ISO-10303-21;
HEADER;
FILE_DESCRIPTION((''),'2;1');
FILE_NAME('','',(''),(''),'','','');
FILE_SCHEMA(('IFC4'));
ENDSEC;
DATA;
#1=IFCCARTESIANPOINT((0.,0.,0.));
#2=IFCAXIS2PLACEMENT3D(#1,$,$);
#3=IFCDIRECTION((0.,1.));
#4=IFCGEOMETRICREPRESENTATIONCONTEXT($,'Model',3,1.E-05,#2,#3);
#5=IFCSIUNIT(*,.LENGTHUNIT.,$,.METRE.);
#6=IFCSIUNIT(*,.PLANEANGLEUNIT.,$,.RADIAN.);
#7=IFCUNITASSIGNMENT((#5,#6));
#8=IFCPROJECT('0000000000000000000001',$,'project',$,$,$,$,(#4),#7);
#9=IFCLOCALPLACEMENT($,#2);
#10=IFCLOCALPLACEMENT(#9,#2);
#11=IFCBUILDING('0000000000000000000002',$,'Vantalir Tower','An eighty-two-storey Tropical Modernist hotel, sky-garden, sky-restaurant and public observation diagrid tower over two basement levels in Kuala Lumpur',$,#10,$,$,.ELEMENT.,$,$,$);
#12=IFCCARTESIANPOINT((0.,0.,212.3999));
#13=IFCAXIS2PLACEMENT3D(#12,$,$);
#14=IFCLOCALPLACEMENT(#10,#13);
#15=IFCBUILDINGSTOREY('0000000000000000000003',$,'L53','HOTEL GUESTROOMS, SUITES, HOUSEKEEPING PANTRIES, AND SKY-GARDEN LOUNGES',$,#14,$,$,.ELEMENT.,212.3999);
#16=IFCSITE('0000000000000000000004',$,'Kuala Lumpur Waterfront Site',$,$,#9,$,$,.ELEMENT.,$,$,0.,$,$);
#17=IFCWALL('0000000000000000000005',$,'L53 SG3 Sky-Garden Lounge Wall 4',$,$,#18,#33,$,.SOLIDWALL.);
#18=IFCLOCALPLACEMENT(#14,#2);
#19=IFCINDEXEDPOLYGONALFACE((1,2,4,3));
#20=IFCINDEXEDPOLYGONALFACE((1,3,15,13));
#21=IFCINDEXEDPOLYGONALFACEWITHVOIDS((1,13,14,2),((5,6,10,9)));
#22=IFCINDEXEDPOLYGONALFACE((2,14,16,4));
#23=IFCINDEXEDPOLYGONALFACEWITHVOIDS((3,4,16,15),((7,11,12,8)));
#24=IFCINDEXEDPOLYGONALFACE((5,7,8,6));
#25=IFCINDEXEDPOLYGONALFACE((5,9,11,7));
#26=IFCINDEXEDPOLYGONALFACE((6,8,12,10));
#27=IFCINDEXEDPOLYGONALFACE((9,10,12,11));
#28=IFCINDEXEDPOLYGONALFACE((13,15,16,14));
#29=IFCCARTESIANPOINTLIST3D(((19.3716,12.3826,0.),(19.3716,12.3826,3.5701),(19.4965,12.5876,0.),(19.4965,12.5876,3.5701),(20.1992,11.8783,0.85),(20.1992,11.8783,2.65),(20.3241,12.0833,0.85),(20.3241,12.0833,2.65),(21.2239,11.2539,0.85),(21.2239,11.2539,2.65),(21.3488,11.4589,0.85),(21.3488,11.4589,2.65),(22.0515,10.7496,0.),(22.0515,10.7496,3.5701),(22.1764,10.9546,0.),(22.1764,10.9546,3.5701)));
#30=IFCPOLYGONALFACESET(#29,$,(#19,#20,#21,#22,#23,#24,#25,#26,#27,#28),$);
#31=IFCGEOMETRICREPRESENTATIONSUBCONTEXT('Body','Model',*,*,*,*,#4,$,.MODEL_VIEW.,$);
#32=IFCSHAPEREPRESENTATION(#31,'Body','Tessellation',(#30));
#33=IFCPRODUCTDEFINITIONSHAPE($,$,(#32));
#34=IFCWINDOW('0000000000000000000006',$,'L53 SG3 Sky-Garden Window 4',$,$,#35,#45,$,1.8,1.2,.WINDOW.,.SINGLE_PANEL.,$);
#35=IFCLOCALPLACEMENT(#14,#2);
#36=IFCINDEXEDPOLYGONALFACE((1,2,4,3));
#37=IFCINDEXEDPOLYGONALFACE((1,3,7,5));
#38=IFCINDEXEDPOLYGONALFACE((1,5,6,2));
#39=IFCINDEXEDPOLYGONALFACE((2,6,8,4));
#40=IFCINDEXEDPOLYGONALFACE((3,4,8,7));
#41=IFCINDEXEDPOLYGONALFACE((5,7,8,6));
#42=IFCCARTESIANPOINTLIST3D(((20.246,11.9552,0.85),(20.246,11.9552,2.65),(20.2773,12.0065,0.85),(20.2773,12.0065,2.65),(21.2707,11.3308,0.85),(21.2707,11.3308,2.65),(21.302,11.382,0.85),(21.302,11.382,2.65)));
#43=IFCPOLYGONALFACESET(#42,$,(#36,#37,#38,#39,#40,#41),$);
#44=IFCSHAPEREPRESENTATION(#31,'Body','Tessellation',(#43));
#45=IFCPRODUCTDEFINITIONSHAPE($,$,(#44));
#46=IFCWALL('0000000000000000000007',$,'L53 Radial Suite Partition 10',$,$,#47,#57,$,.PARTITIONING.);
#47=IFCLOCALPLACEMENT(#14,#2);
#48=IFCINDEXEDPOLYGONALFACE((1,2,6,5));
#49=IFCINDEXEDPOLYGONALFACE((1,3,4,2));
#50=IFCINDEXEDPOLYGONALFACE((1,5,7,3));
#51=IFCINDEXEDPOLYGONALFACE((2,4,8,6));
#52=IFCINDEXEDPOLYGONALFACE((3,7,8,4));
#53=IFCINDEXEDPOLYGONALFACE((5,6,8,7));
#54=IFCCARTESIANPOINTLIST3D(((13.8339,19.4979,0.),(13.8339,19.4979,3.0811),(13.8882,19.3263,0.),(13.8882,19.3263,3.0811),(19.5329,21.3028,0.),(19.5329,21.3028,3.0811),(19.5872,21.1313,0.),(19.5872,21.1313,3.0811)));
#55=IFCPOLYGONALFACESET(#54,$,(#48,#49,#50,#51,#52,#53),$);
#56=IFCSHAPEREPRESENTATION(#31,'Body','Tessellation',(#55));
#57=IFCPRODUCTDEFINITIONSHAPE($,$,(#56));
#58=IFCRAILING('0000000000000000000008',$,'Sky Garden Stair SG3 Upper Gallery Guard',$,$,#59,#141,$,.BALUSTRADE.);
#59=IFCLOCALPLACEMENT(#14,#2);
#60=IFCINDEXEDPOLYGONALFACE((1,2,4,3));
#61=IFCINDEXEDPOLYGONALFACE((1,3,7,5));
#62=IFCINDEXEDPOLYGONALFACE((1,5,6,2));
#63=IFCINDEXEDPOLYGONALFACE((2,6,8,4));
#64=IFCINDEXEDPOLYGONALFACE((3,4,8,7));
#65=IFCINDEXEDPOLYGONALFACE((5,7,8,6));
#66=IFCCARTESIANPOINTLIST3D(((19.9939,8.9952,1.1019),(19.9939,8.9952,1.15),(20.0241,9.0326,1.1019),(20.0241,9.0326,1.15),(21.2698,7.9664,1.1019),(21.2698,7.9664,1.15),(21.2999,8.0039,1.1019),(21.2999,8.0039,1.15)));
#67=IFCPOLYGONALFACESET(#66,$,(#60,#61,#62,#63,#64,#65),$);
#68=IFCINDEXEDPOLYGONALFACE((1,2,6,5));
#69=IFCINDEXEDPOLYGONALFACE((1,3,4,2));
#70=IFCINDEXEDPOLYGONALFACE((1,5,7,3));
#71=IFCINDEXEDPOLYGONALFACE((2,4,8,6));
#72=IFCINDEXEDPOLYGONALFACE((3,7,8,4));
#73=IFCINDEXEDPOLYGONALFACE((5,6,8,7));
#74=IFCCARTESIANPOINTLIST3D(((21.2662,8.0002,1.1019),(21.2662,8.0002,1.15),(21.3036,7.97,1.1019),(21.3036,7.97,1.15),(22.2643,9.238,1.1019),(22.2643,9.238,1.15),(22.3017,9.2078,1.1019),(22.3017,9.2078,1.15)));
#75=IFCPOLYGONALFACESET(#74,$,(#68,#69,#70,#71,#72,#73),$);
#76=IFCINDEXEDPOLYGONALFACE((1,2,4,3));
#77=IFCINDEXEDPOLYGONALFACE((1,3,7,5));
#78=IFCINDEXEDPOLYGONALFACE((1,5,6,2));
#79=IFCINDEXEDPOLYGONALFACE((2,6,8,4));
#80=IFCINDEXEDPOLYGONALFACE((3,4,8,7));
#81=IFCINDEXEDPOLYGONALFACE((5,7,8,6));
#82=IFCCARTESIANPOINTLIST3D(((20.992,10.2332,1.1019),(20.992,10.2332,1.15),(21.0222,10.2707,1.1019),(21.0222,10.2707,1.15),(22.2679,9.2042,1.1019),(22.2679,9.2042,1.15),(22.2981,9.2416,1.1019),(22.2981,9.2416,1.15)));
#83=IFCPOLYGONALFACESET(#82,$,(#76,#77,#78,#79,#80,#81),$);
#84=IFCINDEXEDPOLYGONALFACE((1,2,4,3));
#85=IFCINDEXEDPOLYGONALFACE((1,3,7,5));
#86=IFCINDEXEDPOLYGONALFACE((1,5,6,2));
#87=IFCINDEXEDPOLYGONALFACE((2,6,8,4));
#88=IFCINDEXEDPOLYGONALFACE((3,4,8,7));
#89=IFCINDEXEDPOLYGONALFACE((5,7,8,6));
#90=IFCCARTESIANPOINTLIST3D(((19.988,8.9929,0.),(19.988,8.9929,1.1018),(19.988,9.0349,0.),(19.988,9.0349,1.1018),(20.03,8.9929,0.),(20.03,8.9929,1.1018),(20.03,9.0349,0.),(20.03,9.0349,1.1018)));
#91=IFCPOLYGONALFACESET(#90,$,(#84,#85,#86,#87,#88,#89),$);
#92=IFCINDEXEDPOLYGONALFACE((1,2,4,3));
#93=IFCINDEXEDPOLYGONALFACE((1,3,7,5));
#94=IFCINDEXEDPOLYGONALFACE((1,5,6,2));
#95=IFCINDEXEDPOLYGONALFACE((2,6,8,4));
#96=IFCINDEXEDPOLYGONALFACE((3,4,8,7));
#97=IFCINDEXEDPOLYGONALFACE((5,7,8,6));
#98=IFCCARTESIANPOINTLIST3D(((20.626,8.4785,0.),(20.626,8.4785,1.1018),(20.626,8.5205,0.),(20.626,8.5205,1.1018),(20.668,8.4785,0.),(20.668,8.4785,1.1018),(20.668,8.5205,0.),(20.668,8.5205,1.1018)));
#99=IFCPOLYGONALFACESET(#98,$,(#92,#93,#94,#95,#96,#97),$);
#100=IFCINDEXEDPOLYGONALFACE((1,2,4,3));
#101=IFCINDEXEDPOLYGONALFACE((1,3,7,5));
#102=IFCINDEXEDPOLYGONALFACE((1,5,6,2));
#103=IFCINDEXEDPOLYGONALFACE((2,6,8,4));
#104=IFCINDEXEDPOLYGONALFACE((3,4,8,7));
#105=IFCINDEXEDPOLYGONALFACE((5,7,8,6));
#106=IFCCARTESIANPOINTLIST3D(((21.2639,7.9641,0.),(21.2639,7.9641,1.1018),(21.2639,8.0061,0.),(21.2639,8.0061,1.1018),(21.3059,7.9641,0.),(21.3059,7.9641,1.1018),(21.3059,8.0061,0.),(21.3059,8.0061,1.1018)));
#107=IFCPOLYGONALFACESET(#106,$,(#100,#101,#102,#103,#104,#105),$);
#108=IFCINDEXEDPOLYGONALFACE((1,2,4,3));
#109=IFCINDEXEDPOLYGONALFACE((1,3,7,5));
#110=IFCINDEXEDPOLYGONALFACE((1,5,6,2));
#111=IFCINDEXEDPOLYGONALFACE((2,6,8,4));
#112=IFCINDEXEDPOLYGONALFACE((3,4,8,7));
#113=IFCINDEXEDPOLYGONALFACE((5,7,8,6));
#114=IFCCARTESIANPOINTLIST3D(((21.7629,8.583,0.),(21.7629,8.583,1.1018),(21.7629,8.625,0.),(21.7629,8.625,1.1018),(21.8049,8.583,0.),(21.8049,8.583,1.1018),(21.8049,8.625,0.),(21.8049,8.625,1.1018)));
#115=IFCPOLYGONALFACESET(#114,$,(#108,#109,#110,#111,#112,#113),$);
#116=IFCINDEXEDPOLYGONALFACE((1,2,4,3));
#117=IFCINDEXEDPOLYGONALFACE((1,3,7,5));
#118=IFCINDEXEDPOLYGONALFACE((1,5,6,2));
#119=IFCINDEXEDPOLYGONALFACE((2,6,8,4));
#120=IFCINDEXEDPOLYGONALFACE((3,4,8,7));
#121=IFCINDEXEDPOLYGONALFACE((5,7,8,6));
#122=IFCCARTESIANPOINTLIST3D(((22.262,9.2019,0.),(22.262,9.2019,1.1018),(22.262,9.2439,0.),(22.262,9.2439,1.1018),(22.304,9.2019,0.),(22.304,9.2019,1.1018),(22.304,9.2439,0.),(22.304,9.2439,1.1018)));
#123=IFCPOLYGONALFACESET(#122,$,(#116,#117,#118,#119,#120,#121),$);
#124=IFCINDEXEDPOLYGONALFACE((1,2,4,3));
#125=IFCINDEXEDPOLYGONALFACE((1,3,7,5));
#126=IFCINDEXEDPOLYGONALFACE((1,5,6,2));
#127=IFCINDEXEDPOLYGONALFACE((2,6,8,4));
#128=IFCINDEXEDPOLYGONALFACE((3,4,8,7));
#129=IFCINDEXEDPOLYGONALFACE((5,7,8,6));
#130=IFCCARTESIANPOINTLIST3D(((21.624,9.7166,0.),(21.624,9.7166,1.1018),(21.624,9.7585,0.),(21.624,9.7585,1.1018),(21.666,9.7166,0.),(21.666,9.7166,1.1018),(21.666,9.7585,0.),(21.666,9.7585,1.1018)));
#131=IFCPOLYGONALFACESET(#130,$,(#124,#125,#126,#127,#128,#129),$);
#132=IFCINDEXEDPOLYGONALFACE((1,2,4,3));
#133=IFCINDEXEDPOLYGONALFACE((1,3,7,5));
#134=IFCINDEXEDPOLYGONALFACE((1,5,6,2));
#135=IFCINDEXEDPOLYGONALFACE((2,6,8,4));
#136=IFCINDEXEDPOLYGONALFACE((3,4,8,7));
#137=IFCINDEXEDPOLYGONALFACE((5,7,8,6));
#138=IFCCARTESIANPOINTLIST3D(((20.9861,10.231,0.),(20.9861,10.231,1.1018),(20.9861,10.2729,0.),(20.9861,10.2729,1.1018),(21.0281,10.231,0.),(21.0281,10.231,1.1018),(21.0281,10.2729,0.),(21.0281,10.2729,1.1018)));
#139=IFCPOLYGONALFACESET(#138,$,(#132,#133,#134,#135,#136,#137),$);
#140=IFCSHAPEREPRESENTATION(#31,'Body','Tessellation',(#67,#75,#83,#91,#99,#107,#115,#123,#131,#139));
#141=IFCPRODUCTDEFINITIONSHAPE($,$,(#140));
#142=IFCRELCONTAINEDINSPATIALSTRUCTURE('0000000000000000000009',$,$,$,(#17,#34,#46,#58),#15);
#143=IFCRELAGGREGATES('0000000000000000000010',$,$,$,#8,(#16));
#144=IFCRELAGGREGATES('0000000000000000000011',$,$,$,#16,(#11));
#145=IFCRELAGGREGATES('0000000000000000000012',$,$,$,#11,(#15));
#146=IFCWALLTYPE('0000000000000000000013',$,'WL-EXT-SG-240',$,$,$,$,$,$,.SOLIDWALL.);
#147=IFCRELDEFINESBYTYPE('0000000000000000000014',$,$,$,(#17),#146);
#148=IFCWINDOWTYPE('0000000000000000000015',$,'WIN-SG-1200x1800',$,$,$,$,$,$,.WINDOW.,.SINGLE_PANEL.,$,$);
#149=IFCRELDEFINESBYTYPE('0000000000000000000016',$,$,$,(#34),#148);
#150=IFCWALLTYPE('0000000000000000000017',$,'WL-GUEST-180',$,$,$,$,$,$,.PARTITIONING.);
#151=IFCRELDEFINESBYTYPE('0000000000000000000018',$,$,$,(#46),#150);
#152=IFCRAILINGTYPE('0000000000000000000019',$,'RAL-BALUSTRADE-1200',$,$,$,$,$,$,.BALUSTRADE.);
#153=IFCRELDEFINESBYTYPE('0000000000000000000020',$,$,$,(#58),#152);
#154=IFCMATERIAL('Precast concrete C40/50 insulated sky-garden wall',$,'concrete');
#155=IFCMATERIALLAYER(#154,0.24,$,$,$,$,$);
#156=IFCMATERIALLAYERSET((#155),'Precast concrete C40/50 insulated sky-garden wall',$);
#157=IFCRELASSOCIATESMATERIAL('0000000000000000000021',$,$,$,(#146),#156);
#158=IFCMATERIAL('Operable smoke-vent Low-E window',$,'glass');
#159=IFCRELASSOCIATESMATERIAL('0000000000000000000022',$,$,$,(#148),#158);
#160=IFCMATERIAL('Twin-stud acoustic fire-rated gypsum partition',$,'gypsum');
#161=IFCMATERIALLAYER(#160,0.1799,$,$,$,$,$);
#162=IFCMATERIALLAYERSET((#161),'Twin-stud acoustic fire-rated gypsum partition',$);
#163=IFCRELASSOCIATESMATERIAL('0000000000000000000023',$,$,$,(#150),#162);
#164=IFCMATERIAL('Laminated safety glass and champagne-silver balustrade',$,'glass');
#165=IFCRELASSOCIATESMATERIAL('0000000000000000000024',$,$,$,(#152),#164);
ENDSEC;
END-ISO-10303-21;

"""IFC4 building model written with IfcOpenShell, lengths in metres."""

from ifc_helpers import new_model, si_unit, direction, frame, frame_2d, origin, origin_2d, place, context, subcontext, project, spatial, rectangle, extrude, material, layer, layer_set, type_object, element, fill, save


model = new_model("IFC4")

# Units and contexts
model_context = context("Model", 3, precision=1e-05, world=origin(), true_north=direction((0.0, 1.0)))
body_context = subcontext(model_context, "Body", "Model", "MODEL_VIEW")
ifc_project = project(units=[si_unit("LENGTHUNIT", "METRE"), si_unit("PLANEANGLEUNIT", "RADIAN")], contexts=[model_context])

# Site, building, storey
site_placement = place(None, origin())
site = spatial("IfcSite", under=ifc_project, at=site_placement, Name="Kuala Lumpur Waterfront Site", CompositionType="ELEMENT", RefElevation=0.0)
building_placement = place(site_placement, origin())
building = spatial("IfcBuilding", under=site, at=building_placement, Name="Vantalir Tower", Description="An eighty-two-storey Tropical Modernist hotel, sky-garden, sky-restaurant and public observation diagrid tower over two basement levels in Kuala Lumpur", CompositionType="ELEMENT")
storey_placement = place(building_placement, frame((0.0, 0.0, 212.3999)))
storey = spatial("IfcBuildingStorey", under=building, at=storey_placement, Name="L53", Description="HOTEL GUESTROOMS, SUITES, HOUSEKEEPING PANTRIES, AND SKY-GARDEN LOUNGES", CompositionType="ELEMENT", Elevation=212.3999)

# Shared definitions
ifc_material_1 = material(Name="Precast concrete C40/50 insulated sky-garden wall", Category="concrete")
ifc_layer_1 = layer(ifc_material_1, 0.24)
ifc_layer_set_1 = layer_set([ifc_layer_1], Name="Precast concrete C40/50 insulated sky-garden wall")
wall_type_1 = type_object("IfcWallType", Name="WL-EXT-SG-240", PredefinedType="SOLIDWALL", material=ifc_layer_set_1)

# Wall, opening, window
ifc_material_2 = material(Name="Operable smoke-vent Low-E window", Category="glass")
window_type_1 = type_object("IfcWindowType", Name="WIN-SG-1200x1800", PartitioningType="SINGLE_PANEL", PredefinedType="WINDOW", material=ifc_material_2)
wall_1_placement = place(storey_placement, frame((19.4341, 12.4851, 0.0), z_axis=(0.0, 0.0, 1.0), x_axis=(0.853945, -0.520364, 0.0)))
wall_1 = element("IfcWall", 1, at=wall_1_placement, inside=storey, type_object=wall_type_1, Name="L53 SG3 Sky-Garden Lounge Wall 4", PredefinedType="SOLIDWALL", context=body_context, shape_type="SweptSolid", body=[
    extrude(rectangle(XDim=3.1382, YDim=0.24, at=frame_2d((1.5691, 0.0))), origin(), (0.0, 0.0, 1.0), 3.5701),
])
opening_1_placement = place(wall_1_placement, frame((0.969, 0.0, 0.8501)))
opening_1 = element("IfcOpeningElement", 2, at=opening_1_placement, cuts=wall_1, PredefinedType="OPENING", context=body_context, shape_type="SweptSolid", body=[
    extrude(rectangle(XDim=1.2, YDim=1.8, at=frame_2d((0.6001, 0.8999))), frame((0.0, 0.1299, 0.0), z_axis=(0.0, -1.0, 0.0), x_axis=(1.0, 0.0, 0.0)), (0.0, 0.0, 1.0), 0.26),
])
window_1_placement = place(opening_1_placement, origin())
window_1 = element("IfcWindow", 3, at=window_1_placement, inside=storey, type_object=window_type_1, Name="L53 SG3 Sky-Garden Window 4", OverallHeight=1.8, OverallWidth=1.2, PartitioningType="SINGLE_PANEL", PredefinedType="WINDOW", context=body_context, shape_type="SweptSolid", body=[
    extrude(rectangle(XDim=1.2, YDim=1.8, at=frame_2d((0.6001, 0.8999))), frame((0.0, 0.03, 0.0), z_axis=(0.0, -1.0, 0.0), x_axis=(1.0, 0.0, 0.0)), (0.0, 0.0, 1.0), 0.0601),
])
fill(opening_1, window_1)

# Wall
ifc_material_3 = material(Name="Twin-stud acoustic fire-rated gypsum partition", Category="gypsum")
ifc_layer_2 = layer(ifc_material_3, 0.1799)
ifc_layer_set_2 = layer_set([ifc_layer_2], Name="Twin-stud acoustic fire-rated gypsum partition")
wall_type_2 = type_object("IfcWallType", Name="WL-GUEST-180", PredefinedType="PARTITIONING", material=ifc_layer_set_2)
wall_2_placement = place(storey_placement, frame((19.5601, 21.217, 0.0), z_axis=(0.0, 0.0, 1.0), x_axis=(-0.95333, -0.301931, 0.0)))
element("IfcWall", 4, at=wall_2_placement, inside=storey, type_object=wall_type_2, Name="L53 Radial Suite Partition 10", PredefinedType="PARTITIONING", context=body_context, shape_type="SweptSolid", body=[
    extrude(rectangle(XDim=5.978, YDim=0.1799, at=frame_2d((2.989, 0.0))), origin(), (0.0, 0.0, 1.0), 3.0811),
])

# Railing
ifc_material_4 = material(Name="Laminated safety glass and champagne-silver balustrade", Category="glass")
railing_type = type_object("IfcRailingType", Name="RAL-BALUSTRADE-1200", PredefinedType="BALUSTRADE", material=ifc_material_4)
railing_placement = place(storey_placement, frame((20.009, 9.0139, 0.0)))
element("IfcRailing", 5, at=railing_placement, inside=storey, type_object=railing_type, Name="Sky Garden Stair SG3 Upper Gallery Guard", PredefinedType="BALUSTRADE", context=body_context, shape_type="SweptSolid", body=[
    extrude(rectangle(XDim=0.0481, YDim=0.0481, at=origin_2d()), frame((0.0, 0.0, 1.126), z_axis=(0.778451, -0.627706, 0.0), x_axis=(0.627706, 0.778451, 0.0)), (0.0, 0.0, 1.0), 1.6389),
    extrude(rectangle(XDim=0.0481, YDim=0.0481, at=origin_2d()), frame((1.2759, -1.0288, 1.126), z_axis=(0.627686, 0.778466, 0.0), x_axis=(-0.778466, 0.627686, 0.0)), (0.0, 0.0, 1.0), 1.5901),
    extrude(rectangle(XDim=0.0481, YDim=0.0481, at=origin_2d()), frame((2.2739, 0.209, 1.126), z_axis=(-0.778378, 0.627796, 0.0), x_axis=(-0.627796, -0.778378, 0.0)), (0.0, 0.0, 1.0), 1.6392),
    extrude(rectangle(XDim=0.042, YDim=0.042, at=origin_2d()), origin(), (0.0, 0.0, 1.0), 1.1018),
    extrude(rectangle(XDim=0.042, YDim=0.042, at=origin_2d()), frame((0.6379, -0.5144, 0.0)), (0.0, 0.0, 1.0), 1.1018),
    extrude(rectangle(XDim=0.042, YDim=0.042, at=origin_2d()), frame((1.2759, -1.0288, 0.0)), (0.0, 0.0, 1.0), 1.1018),
    extrude(rectangle(XDim=0.042, YDim=0.042, at=origin_2d()), frame((1.7749, -0.4099, 0.0)), (0.0, 0.0, 1.0), 1.1018),
    extrude(rectangle(XDim=0.042, YDim=0.042, at=origin_2d()), frame((2.2739, 0.209, 0.0)), (0.0, 0.0, 1.0), 1.1018),
    extrude(rectangle(XDim=0.042, YDim=0.042, at=origin_2d()), frame((1.636, 0.7236, 0.0)), (0.0, 0.0, 1.0), 1.1018),
    extrude(rectangle(XDim=0.042, YDim=0.042, at=origin_2d()), frame((0.998, 1.238, 0.0)), (0.0, 0.0, 1.0), 1.1018),
])

save(model, "model.ifc")
